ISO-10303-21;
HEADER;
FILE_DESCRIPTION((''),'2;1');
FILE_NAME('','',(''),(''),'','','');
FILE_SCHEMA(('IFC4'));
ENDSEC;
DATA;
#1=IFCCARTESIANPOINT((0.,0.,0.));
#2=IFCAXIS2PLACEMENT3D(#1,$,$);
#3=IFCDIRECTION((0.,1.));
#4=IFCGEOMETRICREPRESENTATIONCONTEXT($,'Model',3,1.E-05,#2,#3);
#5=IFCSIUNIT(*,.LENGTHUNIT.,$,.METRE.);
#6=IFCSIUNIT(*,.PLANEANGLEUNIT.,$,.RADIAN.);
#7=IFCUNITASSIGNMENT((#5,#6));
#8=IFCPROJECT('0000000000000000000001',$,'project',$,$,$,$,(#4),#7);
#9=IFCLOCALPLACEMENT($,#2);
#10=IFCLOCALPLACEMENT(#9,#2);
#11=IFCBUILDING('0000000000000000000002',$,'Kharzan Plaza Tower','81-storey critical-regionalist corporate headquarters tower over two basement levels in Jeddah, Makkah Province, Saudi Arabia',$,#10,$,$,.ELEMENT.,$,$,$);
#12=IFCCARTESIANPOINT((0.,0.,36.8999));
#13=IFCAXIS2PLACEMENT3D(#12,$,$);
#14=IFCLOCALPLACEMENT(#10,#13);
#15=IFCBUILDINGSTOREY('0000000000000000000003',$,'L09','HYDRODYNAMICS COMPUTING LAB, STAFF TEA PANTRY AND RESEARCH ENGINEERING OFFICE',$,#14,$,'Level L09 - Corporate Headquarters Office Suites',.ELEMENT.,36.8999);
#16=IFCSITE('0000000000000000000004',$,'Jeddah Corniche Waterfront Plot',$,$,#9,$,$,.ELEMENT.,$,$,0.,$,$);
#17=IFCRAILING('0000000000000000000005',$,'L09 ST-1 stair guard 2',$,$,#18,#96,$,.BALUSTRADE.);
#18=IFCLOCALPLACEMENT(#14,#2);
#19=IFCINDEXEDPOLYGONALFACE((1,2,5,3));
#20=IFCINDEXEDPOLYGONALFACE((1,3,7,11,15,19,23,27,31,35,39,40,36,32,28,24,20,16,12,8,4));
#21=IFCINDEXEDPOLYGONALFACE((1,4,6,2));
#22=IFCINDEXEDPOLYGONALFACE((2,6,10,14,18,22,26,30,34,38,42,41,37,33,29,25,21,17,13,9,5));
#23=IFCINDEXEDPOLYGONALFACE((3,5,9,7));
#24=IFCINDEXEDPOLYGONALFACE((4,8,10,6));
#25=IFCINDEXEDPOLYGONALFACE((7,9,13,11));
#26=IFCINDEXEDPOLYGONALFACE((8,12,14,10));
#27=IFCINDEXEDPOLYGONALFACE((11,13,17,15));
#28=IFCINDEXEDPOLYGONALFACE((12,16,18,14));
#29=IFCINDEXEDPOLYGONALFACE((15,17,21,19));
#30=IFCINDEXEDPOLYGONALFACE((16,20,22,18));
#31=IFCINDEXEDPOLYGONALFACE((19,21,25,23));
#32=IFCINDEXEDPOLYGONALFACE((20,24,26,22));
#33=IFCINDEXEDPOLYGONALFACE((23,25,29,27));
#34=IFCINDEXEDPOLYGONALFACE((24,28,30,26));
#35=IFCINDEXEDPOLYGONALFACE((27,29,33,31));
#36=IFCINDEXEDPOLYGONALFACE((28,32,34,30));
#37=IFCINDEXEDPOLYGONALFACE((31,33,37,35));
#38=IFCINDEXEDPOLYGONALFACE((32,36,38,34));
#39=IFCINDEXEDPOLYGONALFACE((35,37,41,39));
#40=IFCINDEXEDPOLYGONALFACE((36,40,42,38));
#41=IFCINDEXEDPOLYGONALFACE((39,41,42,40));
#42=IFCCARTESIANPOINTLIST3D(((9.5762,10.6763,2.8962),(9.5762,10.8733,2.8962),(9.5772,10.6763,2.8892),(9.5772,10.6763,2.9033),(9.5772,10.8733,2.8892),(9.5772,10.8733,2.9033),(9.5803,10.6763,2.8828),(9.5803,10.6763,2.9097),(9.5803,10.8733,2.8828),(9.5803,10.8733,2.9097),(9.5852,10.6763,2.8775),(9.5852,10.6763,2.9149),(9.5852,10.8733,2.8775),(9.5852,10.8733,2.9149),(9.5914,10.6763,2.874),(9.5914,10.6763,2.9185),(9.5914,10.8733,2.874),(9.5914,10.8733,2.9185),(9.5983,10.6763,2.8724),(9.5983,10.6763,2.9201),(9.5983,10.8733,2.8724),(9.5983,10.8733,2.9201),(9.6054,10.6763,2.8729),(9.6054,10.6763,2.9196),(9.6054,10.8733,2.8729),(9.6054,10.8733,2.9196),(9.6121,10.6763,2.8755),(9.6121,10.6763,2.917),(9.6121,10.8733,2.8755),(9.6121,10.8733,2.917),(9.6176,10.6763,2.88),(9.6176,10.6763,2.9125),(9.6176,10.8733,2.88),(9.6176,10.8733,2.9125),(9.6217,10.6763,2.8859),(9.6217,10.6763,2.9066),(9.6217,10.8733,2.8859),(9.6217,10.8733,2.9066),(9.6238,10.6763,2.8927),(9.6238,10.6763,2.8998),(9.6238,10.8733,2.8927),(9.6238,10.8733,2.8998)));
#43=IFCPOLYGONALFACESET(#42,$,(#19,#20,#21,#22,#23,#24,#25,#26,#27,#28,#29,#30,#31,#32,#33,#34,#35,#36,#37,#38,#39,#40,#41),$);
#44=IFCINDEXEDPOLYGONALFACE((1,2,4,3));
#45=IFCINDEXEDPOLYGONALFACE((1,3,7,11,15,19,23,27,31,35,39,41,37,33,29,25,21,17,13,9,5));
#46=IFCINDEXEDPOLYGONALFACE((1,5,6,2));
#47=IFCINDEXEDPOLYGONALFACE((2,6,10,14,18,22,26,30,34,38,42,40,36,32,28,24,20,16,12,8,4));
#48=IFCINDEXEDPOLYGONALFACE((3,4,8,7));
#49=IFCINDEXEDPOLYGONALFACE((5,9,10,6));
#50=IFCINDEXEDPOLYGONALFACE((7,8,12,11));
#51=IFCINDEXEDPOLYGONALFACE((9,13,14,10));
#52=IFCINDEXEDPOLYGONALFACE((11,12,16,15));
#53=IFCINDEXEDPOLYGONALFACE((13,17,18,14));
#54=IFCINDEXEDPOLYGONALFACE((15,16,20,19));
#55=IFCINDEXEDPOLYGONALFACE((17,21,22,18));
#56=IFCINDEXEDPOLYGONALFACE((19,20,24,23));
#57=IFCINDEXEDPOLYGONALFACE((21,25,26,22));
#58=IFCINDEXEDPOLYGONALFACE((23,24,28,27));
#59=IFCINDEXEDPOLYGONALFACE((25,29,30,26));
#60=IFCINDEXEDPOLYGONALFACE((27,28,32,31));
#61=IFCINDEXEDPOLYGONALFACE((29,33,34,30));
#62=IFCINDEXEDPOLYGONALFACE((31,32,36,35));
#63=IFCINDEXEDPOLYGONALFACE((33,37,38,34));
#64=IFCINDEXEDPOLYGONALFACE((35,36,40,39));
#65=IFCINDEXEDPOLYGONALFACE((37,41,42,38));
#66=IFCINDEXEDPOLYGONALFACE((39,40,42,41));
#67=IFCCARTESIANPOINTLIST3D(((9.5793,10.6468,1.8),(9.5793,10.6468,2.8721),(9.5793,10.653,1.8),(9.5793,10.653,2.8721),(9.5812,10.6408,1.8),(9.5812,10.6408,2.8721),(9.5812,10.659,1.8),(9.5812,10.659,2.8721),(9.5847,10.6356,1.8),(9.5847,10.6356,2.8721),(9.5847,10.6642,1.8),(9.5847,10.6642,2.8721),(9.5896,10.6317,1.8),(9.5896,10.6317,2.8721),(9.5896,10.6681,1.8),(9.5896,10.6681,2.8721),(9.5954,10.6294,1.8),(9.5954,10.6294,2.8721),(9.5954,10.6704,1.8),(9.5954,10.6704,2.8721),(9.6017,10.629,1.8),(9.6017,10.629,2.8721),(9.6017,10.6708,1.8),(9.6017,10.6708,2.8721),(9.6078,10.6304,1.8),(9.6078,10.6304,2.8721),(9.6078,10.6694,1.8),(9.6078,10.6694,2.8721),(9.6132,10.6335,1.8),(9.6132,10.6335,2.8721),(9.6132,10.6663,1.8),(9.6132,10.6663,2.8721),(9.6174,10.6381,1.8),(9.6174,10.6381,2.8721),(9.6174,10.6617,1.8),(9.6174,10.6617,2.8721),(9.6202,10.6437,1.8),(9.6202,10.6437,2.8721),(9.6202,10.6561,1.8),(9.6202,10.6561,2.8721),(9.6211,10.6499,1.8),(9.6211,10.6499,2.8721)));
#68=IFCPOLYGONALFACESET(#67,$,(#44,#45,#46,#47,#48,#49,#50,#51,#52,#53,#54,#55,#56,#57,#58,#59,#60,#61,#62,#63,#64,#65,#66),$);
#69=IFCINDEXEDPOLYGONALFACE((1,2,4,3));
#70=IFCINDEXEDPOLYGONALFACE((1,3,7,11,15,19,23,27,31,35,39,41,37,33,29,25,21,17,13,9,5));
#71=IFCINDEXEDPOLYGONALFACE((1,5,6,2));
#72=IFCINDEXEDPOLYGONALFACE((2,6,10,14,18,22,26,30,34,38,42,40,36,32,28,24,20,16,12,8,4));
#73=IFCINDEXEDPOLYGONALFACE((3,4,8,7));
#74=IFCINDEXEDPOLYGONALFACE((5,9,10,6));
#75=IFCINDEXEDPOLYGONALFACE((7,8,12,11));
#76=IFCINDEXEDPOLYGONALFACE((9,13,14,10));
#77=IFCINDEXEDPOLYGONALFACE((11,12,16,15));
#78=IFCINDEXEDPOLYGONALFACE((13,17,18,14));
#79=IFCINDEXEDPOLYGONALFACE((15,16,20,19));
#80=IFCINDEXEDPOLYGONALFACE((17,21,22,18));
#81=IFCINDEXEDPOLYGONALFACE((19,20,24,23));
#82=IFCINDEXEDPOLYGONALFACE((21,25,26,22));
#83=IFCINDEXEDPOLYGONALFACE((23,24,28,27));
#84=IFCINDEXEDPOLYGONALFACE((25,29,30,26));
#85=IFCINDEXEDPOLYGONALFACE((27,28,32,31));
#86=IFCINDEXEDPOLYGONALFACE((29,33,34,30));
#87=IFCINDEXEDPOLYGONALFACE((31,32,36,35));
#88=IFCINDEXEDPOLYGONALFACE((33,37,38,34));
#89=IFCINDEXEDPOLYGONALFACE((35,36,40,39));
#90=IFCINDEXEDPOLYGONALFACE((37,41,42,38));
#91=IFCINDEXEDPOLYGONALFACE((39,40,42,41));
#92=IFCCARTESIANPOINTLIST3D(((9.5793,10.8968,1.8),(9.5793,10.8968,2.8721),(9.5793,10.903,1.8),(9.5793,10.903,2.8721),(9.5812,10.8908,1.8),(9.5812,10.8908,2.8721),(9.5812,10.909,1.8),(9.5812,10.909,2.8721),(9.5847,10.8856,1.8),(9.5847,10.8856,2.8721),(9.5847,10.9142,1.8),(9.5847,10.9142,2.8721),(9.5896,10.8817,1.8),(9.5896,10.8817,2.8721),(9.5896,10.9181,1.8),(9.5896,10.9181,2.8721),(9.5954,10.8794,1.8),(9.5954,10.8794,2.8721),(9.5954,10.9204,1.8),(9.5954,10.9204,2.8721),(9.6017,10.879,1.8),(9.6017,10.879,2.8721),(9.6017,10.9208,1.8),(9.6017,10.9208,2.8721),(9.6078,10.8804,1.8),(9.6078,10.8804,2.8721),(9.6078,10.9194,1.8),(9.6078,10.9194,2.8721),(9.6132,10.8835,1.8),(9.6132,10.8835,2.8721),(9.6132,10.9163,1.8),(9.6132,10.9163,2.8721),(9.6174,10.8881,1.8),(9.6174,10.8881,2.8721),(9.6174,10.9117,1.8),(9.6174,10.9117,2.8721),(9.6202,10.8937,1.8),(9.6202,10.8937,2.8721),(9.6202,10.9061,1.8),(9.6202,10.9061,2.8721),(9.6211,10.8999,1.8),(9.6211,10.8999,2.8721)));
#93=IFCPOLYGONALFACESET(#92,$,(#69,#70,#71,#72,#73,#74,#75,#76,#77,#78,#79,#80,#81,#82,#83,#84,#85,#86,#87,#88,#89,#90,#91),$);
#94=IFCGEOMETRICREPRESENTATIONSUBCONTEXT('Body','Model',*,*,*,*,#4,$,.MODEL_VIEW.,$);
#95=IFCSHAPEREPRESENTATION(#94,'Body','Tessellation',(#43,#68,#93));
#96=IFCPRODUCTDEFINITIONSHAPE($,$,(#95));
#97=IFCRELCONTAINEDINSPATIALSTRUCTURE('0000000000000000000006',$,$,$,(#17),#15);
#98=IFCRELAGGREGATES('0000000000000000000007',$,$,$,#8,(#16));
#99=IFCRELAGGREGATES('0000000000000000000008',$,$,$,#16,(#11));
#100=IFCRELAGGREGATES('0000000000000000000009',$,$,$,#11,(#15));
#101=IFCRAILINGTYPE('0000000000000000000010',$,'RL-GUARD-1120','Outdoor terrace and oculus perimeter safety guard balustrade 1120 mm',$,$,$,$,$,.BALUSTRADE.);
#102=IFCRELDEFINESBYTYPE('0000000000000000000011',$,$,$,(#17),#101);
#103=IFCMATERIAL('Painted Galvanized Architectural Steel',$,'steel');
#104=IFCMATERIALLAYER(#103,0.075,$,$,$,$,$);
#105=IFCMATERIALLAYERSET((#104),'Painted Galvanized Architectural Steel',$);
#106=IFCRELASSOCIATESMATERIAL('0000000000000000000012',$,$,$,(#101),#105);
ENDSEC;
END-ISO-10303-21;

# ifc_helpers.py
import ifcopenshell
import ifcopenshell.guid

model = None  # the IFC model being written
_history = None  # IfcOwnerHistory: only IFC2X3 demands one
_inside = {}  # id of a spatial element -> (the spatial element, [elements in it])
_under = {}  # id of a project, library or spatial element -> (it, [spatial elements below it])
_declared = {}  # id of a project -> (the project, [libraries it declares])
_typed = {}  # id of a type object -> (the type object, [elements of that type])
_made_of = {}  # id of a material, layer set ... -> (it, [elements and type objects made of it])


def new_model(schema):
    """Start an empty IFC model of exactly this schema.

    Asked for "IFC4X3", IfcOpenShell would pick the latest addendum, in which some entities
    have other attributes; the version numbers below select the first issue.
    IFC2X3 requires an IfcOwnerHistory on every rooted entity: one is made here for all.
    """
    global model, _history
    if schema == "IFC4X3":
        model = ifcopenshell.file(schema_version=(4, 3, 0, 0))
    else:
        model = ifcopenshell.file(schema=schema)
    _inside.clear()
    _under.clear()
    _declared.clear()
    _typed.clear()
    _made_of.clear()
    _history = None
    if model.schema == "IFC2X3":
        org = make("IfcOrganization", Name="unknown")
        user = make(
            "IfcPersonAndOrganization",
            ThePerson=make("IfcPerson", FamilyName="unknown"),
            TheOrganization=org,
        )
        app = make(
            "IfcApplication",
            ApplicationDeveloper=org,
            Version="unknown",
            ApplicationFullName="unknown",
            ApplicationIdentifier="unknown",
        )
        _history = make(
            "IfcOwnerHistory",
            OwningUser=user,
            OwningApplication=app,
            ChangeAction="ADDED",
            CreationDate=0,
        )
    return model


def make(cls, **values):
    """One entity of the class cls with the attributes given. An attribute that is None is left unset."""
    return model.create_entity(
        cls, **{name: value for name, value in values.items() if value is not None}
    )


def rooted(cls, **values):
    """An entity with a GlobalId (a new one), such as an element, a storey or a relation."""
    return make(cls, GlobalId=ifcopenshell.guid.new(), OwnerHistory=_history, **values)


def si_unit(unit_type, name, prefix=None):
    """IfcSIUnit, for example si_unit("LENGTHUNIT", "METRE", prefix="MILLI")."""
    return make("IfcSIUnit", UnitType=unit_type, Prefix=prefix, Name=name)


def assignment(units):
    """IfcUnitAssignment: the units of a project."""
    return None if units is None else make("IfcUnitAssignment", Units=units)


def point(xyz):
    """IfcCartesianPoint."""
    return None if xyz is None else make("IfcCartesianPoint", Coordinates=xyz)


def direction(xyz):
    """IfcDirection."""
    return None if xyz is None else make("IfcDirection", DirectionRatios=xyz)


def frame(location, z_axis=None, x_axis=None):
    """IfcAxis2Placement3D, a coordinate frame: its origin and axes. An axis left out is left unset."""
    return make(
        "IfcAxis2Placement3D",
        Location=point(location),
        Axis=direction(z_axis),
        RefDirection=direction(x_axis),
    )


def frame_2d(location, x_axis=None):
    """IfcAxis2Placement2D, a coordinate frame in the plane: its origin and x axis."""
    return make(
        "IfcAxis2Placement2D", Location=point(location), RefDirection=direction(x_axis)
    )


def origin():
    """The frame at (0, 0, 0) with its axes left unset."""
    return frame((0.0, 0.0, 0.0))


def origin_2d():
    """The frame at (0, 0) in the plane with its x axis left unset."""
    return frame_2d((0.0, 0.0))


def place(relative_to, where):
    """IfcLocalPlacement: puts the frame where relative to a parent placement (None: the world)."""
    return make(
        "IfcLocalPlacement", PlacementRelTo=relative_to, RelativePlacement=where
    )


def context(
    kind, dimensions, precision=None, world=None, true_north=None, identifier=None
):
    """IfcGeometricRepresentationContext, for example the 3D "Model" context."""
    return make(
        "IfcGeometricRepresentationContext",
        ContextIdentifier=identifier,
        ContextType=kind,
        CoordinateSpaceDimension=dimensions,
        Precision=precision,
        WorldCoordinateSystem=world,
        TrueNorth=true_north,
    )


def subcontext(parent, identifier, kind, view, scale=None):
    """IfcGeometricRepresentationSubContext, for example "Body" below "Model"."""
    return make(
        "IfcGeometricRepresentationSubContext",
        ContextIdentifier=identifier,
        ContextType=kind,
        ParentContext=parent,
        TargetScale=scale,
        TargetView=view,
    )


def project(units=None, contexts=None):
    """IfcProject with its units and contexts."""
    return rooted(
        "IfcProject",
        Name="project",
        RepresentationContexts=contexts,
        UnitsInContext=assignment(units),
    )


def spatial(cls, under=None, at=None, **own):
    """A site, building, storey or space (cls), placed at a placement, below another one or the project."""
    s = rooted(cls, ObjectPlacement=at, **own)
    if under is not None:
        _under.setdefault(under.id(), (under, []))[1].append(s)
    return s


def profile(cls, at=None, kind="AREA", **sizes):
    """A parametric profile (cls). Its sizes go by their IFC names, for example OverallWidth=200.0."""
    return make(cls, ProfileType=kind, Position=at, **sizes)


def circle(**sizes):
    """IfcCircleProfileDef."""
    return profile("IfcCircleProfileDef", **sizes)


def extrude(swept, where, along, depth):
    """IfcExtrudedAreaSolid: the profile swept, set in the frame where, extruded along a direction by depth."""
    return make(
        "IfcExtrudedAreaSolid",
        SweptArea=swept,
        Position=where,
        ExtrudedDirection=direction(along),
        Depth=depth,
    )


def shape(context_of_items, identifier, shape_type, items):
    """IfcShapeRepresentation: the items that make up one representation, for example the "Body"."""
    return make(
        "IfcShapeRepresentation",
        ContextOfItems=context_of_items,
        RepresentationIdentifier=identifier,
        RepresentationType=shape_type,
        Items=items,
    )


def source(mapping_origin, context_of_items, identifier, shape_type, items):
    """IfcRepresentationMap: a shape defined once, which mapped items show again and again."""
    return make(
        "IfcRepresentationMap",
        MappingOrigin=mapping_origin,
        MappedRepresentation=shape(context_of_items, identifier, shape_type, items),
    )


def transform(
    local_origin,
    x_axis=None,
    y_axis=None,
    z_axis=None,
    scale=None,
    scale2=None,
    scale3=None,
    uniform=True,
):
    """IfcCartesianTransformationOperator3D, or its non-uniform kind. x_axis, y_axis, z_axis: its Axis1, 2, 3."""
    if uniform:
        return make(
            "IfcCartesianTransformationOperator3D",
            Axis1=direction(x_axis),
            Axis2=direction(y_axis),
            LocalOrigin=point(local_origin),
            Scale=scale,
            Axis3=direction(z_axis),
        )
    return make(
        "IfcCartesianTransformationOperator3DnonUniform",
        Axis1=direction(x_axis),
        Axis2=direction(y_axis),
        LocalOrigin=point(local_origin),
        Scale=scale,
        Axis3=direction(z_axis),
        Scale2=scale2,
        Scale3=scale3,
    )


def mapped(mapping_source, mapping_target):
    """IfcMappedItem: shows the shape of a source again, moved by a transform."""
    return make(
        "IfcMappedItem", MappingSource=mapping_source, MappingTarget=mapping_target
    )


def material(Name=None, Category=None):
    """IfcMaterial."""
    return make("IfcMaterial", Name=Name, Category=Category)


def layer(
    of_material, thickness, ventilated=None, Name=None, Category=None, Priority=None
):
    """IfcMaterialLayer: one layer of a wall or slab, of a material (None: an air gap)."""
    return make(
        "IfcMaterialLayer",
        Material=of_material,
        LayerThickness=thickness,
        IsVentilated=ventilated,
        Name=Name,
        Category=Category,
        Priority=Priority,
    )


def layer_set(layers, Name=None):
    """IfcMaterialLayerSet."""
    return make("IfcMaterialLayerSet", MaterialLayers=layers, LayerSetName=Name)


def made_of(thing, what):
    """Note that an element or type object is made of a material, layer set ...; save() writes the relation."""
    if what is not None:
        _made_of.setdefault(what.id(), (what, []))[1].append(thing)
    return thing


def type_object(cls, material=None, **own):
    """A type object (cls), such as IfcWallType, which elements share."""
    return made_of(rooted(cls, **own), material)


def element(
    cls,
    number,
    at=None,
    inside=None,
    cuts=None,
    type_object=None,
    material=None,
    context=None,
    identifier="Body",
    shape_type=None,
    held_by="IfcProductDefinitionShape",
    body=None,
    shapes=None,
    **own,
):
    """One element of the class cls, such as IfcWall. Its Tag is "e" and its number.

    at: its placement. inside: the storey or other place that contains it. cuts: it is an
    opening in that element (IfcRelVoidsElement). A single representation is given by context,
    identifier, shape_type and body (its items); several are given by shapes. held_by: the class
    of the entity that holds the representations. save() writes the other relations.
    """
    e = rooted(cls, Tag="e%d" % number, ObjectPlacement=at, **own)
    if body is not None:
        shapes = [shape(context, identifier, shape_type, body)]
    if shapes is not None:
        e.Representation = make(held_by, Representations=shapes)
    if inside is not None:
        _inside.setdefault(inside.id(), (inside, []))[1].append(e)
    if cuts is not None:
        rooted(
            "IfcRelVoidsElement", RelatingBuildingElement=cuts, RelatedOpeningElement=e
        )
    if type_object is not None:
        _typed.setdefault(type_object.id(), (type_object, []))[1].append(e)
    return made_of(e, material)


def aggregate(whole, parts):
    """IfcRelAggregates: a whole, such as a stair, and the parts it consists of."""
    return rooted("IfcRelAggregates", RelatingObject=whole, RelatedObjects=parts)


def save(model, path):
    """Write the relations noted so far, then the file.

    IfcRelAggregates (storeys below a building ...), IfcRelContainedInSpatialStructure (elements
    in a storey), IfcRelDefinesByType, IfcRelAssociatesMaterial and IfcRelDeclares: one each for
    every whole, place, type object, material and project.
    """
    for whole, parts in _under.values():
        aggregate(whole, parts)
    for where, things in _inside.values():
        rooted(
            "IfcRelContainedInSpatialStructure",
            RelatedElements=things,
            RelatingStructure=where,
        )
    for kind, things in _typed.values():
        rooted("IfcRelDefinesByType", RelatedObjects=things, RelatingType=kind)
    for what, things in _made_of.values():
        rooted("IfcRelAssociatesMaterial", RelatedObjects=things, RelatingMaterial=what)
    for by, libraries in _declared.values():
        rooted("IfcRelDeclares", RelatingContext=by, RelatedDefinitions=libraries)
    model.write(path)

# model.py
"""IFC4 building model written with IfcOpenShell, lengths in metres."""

from ifc_helpers import new_model, si_unit, direction, frame, origin, origin_2d, place, context, subcontext, project, spatial, circle, extrude, source, transform, mapped, material, layer, layer_set, type_object, element, save


model = new_model("IFC4")

# Units and contexts
model_context = context("Model", 3, precision=1e-05, world=origin(), true_north=direction((0.0, 1.0)))
body_context = subcontext(model_context, "Body", "Model", "MODEL_VIEW")
ifc_project = project(units=[si_unit("LENGTHUNIT", "METRE"), si_unit("PLANEANGLEUNIT", "RADIAN")], contexts=[model_context])

# Site, building, storey
site_placement = place(None, origin())
site = spatial("IfcSite", under=ifc_project, at=site_placement, Name="Jeddah Corniche Waterfront Plot", CompositionType="ELEMENT", RefElevation=0.0)
building_placement = place(site_placement, origin())
building = spatial("IfcBuilding", under=site, at=building_placement, Name="Kharzan Plaza Tower", Description="81-storey critical-regionalist corporate headquarters tower over two basement levels in Jeddah, Makkah Province, Saudi Arabia", CompositionType="ELEMENT")
storey_placement = place(building_placement, frame((0.0, 0.0, 36.8999)))
storey = spatial("IfcBuildingStorey", under=building, at=storey_placement, Name="L09", Description="HYDRODYNAMICS COMPUTING LAB, STAFF TEA PANTRY AND RESEARCH ENGINEERING OFFICE", LongName="Level L09 - Corporate Headquarters Office Suites", CompositionType="ELEMENT", Elevation=36.8999)

# Railing
ifc_material_1 = material(Name="Painted Galvanized Architectural Steel", Category="steel")
ifc_layer_1 = layer(ifc_material_1, 0.075)
ifc_layer_set_1 = layer_set([ifc_layer_1], Name="Painted Galvanized Architectural Steel")
railing_type_1 = type_object("IfcRailingType", Name="RL-GUARD-1120", Description="Outdoor terrace and oculus perimeter safety guard balustrade 1120 mm", PredefinedType="BALUSTRADE", material=ifc_layer_set_1)
shared_shape_1 = source(origin(), body_context, "Body", "SweptSolid", [
    extrude(circle(Radius=0.0239, at=origin_2d()), frame((0.0, 0.0264, 1.0962), z_axis=(0.0, 1.0, 0.0), x_axis=(-1.0, 0.0, 0.0)), (0.0, 0.0, 1.0), 0.197),
    extrude(circle(Radius=0.021, at=origin_2d()), origin(), (0.0, 0.0, 1.0), 1.072),
    extrude(circle(Radius=0.021, at=origin_2d()), frame((0.0, 0.25, 0.0)), (0.0, 0.0, 1.0), 1.072),
])
railing_1_placement = place(storey_placement, frame((9.6001, 10.6499, 1.8)))
element("IfcRailing", 1, at=railing_1_placement, inside=storey, type_object=railing_type_1, Name="L09 ST-1 stair guard 2", PredefinedType="BALUSTRADE", context=body_context, shape_type="MappedRepresentation", body=[
    mapped(shared_shape_1, transform((0.0, 0.0, 0.0), x_axis=(1.0, 0.0, 0.0), y_axis=(0.0, 1.0, 0.0), z_axis=(0.0, 0.0, 1.0))),
])

save(model, "model.ifc")
